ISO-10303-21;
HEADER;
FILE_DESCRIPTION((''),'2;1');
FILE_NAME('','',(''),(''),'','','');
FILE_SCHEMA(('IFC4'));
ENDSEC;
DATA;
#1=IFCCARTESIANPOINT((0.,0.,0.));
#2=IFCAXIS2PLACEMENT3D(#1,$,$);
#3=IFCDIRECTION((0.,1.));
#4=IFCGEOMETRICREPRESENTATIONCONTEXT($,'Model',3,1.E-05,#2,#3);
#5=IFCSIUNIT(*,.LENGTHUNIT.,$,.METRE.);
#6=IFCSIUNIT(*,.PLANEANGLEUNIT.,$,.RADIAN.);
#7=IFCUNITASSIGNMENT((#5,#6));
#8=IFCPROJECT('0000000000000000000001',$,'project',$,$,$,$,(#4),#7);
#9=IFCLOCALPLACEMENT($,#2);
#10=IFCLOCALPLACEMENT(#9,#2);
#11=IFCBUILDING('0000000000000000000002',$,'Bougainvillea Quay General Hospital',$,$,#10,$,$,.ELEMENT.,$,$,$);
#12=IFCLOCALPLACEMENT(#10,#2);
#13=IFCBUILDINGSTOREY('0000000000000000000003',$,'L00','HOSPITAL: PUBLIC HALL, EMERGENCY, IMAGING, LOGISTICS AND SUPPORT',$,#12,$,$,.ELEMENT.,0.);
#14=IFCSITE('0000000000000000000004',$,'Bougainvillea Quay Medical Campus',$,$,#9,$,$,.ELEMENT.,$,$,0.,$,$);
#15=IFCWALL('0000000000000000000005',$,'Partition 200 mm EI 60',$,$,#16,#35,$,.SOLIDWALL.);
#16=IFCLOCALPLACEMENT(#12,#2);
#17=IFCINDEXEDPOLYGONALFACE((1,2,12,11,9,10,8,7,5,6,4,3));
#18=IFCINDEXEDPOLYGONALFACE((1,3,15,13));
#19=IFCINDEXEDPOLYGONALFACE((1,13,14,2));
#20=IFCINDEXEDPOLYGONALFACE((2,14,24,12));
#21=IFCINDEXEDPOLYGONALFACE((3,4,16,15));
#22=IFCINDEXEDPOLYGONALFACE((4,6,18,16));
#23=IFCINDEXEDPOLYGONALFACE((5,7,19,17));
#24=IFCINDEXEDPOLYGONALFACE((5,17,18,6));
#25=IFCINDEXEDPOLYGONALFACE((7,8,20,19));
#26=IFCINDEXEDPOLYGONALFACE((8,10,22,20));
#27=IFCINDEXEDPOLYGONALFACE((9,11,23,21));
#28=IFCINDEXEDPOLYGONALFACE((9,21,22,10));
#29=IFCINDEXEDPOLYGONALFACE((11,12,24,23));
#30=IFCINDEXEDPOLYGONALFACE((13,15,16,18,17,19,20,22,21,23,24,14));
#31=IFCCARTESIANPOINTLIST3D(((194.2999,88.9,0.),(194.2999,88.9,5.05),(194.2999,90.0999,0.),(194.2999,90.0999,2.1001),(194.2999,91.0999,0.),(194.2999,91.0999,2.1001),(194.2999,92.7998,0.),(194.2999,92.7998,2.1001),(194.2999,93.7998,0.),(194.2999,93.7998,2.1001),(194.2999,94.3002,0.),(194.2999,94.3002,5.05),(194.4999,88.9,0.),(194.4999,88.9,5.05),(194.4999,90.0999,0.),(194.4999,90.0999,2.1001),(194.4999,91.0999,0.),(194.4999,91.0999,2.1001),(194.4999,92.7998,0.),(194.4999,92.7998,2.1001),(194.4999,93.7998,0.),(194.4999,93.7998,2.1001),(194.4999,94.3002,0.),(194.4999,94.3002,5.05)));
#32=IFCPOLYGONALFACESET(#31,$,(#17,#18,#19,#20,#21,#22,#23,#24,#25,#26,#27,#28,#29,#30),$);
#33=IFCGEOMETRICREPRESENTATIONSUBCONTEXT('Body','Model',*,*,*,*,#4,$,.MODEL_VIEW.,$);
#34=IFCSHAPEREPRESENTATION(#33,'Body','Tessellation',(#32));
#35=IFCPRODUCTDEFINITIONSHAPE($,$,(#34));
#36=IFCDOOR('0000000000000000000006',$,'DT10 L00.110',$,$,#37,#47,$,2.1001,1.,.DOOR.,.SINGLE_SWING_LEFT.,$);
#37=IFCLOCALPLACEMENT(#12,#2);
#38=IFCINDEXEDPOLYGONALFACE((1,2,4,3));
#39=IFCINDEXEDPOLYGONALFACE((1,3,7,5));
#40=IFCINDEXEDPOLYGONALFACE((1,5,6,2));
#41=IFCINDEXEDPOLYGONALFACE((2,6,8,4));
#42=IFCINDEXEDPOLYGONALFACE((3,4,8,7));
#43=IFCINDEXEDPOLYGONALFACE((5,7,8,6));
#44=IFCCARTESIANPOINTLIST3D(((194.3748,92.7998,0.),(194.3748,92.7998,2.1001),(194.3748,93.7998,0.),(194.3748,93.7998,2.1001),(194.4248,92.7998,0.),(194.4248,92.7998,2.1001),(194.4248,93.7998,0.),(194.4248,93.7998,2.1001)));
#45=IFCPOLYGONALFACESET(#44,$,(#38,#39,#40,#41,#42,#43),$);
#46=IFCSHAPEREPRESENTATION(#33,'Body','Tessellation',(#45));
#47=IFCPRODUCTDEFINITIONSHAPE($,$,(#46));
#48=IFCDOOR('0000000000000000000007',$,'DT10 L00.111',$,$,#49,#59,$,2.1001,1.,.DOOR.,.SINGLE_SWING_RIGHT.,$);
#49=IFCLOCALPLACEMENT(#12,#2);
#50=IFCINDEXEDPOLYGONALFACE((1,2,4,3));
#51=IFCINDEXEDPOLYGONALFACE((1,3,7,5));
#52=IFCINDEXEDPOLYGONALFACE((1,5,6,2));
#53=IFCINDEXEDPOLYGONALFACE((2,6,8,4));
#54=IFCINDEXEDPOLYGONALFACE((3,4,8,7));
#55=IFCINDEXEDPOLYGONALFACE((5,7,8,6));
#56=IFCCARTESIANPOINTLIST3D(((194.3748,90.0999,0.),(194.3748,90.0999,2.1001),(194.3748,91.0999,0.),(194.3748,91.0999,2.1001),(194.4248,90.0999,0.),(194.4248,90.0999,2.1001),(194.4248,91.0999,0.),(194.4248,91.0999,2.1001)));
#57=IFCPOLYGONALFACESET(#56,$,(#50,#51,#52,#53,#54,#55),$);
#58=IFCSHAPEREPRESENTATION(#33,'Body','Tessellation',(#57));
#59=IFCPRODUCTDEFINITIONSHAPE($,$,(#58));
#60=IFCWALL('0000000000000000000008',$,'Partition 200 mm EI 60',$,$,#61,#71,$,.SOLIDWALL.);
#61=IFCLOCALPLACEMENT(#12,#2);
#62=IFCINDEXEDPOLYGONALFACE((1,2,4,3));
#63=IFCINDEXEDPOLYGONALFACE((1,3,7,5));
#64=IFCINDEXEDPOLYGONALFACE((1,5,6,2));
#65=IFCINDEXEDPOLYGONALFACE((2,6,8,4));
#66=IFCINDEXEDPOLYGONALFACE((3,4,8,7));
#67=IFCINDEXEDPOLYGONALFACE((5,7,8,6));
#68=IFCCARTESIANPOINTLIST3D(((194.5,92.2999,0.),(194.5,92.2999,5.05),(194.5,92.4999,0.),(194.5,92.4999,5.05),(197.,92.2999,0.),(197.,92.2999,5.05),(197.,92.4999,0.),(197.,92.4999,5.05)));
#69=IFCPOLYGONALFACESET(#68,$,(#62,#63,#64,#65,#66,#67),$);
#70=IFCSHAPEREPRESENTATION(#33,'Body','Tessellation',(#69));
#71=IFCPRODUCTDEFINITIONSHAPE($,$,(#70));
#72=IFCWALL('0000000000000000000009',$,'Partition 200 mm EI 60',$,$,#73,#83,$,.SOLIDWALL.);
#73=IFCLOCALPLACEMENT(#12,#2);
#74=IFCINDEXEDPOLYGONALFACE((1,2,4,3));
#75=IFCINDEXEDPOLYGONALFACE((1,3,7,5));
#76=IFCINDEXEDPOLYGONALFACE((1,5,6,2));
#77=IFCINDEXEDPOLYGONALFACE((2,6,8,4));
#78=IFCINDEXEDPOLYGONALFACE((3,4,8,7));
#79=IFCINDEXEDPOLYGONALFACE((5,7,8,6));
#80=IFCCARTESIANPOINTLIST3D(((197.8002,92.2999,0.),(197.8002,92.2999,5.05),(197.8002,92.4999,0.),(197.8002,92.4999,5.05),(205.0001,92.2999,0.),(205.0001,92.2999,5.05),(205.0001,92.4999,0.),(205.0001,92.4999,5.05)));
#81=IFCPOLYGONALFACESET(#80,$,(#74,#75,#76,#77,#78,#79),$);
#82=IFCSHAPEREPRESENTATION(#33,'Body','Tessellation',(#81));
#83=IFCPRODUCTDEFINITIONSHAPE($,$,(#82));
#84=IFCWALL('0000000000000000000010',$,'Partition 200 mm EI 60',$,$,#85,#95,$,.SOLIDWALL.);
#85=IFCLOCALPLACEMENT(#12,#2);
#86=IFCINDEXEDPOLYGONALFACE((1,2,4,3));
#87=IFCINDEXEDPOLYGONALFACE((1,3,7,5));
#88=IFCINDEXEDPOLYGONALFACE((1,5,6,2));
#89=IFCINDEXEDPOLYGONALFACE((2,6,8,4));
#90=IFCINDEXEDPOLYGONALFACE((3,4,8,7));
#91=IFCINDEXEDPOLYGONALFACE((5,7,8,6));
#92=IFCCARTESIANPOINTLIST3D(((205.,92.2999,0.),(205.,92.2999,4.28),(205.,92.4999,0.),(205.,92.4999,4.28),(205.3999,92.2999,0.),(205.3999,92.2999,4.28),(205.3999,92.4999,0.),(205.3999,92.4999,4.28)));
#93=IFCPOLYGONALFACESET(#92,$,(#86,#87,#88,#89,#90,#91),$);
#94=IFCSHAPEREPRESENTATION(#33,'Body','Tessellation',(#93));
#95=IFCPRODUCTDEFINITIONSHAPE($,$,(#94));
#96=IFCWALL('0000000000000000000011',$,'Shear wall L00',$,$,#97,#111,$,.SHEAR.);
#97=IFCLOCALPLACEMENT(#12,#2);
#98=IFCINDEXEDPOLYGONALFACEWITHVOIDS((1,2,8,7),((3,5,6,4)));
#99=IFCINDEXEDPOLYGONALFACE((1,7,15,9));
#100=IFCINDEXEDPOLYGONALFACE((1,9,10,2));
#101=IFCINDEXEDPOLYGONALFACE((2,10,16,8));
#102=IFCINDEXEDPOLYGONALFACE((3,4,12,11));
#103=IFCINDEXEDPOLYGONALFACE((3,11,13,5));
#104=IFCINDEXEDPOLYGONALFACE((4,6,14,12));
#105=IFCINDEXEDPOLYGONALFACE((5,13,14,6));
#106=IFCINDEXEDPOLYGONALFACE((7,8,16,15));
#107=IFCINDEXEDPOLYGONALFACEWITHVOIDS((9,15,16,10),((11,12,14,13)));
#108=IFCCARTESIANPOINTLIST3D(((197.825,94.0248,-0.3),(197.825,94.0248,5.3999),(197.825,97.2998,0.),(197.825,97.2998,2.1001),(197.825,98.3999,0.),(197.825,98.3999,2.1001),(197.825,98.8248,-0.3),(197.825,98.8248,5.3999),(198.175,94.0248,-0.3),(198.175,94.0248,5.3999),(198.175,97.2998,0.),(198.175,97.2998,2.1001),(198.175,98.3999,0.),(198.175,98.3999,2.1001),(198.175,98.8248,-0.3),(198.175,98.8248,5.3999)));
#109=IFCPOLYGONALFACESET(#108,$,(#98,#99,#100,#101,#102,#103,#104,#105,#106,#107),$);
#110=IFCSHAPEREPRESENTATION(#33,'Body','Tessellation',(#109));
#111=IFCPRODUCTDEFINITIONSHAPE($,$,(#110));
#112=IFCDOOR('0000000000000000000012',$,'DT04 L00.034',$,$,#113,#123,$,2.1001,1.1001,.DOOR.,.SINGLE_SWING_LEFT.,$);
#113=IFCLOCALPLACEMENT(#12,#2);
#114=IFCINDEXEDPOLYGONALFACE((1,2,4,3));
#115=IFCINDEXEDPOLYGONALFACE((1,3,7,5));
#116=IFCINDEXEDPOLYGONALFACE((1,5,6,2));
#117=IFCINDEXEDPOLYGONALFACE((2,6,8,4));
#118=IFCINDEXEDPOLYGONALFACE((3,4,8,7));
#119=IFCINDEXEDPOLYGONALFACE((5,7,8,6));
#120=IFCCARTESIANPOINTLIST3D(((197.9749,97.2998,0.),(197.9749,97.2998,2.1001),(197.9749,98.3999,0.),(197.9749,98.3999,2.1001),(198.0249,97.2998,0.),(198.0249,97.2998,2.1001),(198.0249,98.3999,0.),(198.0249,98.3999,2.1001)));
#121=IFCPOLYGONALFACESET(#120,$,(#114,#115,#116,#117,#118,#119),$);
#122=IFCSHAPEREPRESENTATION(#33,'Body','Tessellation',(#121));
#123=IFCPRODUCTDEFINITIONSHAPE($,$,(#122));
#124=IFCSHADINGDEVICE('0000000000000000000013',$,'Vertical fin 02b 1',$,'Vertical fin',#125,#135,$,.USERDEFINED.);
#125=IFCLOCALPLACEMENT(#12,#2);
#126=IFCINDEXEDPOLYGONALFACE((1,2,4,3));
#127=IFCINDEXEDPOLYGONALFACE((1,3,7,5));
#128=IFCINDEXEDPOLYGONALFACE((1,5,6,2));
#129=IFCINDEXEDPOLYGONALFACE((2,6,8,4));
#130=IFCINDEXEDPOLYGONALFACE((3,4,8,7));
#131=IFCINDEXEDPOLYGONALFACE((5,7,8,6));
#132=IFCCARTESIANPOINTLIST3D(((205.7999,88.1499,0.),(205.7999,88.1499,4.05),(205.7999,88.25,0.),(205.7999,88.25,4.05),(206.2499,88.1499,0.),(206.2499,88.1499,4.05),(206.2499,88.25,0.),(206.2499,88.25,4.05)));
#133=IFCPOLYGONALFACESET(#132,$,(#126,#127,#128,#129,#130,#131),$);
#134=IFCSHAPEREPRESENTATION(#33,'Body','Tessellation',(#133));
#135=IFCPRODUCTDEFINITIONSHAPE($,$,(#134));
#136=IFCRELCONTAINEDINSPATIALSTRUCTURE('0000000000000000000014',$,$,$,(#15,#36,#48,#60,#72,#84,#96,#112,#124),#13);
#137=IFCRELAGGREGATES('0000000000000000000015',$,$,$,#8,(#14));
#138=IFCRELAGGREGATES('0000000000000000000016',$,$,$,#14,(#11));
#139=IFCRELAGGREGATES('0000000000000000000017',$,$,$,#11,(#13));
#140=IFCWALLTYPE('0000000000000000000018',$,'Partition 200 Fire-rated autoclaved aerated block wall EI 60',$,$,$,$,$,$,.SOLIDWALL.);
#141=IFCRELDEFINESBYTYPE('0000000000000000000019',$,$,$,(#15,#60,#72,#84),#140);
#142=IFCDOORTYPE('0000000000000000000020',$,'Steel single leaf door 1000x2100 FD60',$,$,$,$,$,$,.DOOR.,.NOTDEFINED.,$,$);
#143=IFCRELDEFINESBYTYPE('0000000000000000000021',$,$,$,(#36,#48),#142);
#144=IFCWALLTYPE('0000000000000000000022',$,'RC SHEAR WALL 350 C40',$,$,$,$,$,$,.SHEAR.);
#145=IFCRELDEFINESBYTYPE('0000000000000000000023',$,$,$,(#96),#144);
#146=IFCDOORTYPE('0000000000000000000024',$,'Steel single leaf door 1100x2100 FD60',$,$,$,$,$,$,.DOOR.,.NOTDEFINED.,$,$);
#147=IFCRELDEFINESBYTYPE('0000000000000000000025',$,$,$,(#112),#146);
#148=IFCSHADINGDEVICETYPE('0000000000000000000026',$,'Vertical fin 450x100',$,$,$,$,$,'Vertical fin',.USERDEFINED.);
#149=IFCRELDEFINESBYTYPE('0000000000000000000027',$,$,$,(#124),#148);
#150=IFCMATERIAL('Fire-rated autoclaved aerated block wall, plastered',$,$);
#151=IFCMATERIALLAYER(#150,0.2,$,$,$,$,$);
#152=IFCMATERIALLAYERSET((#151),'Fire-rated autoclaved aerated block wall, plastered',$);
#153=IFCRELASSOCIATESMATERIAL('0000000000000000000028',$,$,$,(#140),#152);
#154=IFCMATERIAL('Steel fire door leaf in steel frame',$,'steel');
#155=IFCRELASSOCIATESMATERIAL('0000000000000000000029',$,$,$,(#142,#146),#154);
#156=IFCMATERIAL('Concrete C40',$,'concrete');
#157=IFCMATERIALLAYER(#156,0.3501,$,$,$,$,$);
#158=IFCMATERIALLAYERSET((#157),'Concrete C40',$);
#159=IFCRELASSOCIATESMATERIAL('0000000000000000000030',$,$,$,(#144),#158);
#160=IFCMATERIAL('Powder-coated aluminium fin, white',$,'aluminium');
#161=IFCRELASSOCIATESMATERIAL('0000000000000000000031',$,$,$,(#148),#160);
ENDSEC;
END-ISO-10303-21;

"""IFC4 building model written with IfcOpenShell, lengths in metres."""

from ifc_helpers import new_model, si_unit, direction, frame, frame_2d, origin, origin_2d, place, context, subcontext, project, spatial, rectangle, extrude, material, layer, layer_set, material_profile, profile_set, type_object, element, fill, save


model = new_model("IFC4")

# Units and contexts
model_context = context("Model", 3, precision=1e-05, world=origin(), true_north=direction((0.0, 1.0)))
body_context = subcontext(model_context, "Body", "Model", "MODEL_VIEW")
ifc_project = project(units=[si_unit("LENGTHUNIT", "METRE"), si_unit("PLANEANGLEUNIT", "RADIAN")], contexts=[model_context])

# Site, building, storey
site_placement = place(None, origin())
site = spatial("IfcSite", under=ifc_project, at=site_placement, Name="Bougainvillea Quay Medical Campus", CompositionType="ELEMENT", RefElevation=0.0)
building_placement = place(site_placement, origin())
building = spatial("IfcBuilding", under=site, at=building_placement, Name="Bougainvillea Quay General Hospital", CompositionType="ELEMENT")
storey_placement = place(building_placement, origin())
storey = spatial("IfcBuildingStorey", under=building, at=storey_placement, Name="L00", Description="HOSPITAL: PUBLIC HALL, EMERGENCY, IMAGING, LOGISTICS AND SUPPORT", CompositionType="ELEMENT", Elevation=0.0)

# Shared definitions
ifc_material_1 = material(Name="Concrete C40", Category="concrete")

# Shared definitions
ifc_material_2 = material(Name="Fire-rated autoclaved aerated block wall, plastered")

# Shared definitions
ifc_material_3 = material(Name="Steel fire door leaf in steel frame", Category="steel")

# Shared definitions
ifc_layer_1 = layer(ifc_material_2, 0.2)
ifc_layer_set_1 = layer_set([ifc_layer_1], Name="Fire-rated autoclaved aerated block wall, plastered")
wall_type_1 = type_object("IfcWallType", Name="Partition 200 Fire-rated autoclaved aerated block wall EI 60", PredefinedType="SOLIDWALL", material=ifc_layer_set_1)

# Wall, openings, doors
wall_1_placement = place(storey_placement, frame((194.3999, 88.8999, 0.0), z_axis=(0.0, 0.0, 1.0), x_axis=(0.0, 1.0, 0.0)))
wall_1 = element("IfcWall", 1, at=wall_1_placement, inside=storey, type_object=wall_type_1, Name="Partition 200 mm EI 60", PredefinedType="SOLIDWALL", context=body_context, shape_type="SweptSolid", body=[
    extrude(rectangle(XDim=5.4001, YDim=0.2, at=frame_2d((2.7002, 0.0))), origin(), (0.0, 0.0, 1.0), 5.05),
])
opening_1_placement = place(wall_1_placement, frame((3.8999, 0.0, 0.0)))
opening_1 = element("IfcOpeningElement", 2, at=opening_1_placement, cuts=wall_1, PredefinedType="OPENING", context=body_context, shape_type="SweptSolid", body=[
    extrude(rectangle(XDim=1.0, YDim=2.1001, at=frame_2d((0.5, 1.05))), frame((0.0, 0.1099, 0.0), z_axis=(0.0, -1.0, 0.0), x_axis=(1.0, 0.0, 0.0)), (0.0, 0.0, 1.0), 0.22),
])
opening_2_placement = place(wall_1_placement, frame((1.2, 0.0, 0.0)))
opening_2 = element("IfcOpeningElement", 3, at=opening_2_placement, cuts=wall_1, PredefinedType="OPENING", context=body_context, shape_type="SweptSolid", body=[
    extrude(rectangle(XDim=1.0, YDim=2.1001, at=frame_2d((0.5, 1.05))), frame((0.0, 0.1099, 0.0), z_axis=(0.0, -1.0, 0.0), x_axis=(1.0, 0.0, 0.0)), (0.0, 0.0, 1.0), 0.22),
])
door_type_1 = type_object("IfcDoorType", Name="Steel single leaf door 1000x2100 FD60", OperationType="NOTDEFINED", PredefinedType="DOOR", material=ifc_material_3)
door_1_placement = place(opening_1_placement, frame((1.0, 0.0, 0.0), z_axis=(0.0, 0.0, 1.0), x_axis=(-1.0, 0.0, 0.0)))
door_1 = element("IfcDoor", 4, at=door_1_placement, inside=storey, type_object=door_type_1, Name="DT10 L00.110", OperationType="SINGLE_SWING_LEFT", OverallHeight=2.1001, OverallWidth=1.0, PredefinedType="DOOR", context=body_context, shape_type="SweptSolid", body=[
    extrude(rectangle(XDim=1.0, YDim=2.1001, at=frame_2d((0.5, 1.05))), frame((0.0, 0.0249, 0.0), z_axis=(0.0, -1.0, 0.0), x_axis=(1.0, 0.0, 0.0)), (0.0, 0.0, 1.0), 0.05),
])
fill(opening_1, door_1)
door_2_placement = place(opening_2_placement, frame((1.0, 0.0, 0.0), z_axis=(0.0, 0.0, 1.0), x_axis=(-1.0, 0.0, 0.0)))
door_2 = element("IfcDoor", 5, at=door_2_placement, inside=storey, type_object=door_type_1, Name="DT10 L00.111", OperationType="SINGLE_SWING_RIGHT", OverallHeight=2.1001, OverallWidth=1.0, PredefinedType="DOOR", context=body_context, shape_type="SweptSolid", body=[
    extrude(rectangle(XDim=1.0, YDim=2.1001, at=frame_2d((0.5, 1.05))), frame((0.0, 0.0249, 0.0), z_axis=(0.0, -1.0, 0.0), x_axis=(1.0, 0.0, 0.0)), (0.0, 0.0, 1.0), 0.05),
])
fill(opening_2, door_2)

# Walls
wall_2_placement = place(storey_placement, frame((194.5, 92.3999, 0.0), z_axis=(0.0, 0.0, 1.0), x_axis=(1.0, 0.0, 0.0)))
element("IfcWall", 6, at=wall_2_placement, inside=storey, type_object=wall_type_1, Name="Partition 200 mm EI 60", PredefinedType="SOLIDWALL", context=body_context, shape_type="SweptSolid", body=[
    extrude(rectangle(XDim=2.5, YDim=0.2, at=frame_2d((1.25, 0.0))), origin(), (0.0, 0.0, 1.0), 5.05),
])
wall_3_placement = place(storey_placement, frame((197.8, 92.3999, 0.0), z_axis=(0.0, 0.0, 1.0), x_axis=(1.0, 0.0, 0.0)))
element("IfcWall", 7, at=wall_3_placement, inside=storey, type_object=wall_type_1, Name="Partition 200 mm EI 60", PredefinedType="SOLIDWALL", context=body_context, shape_type="SweptSolid", body=[
    extrude(rectangle(XDim=7.2, YDim=0.2, at=frame_2d((3.6001, 0.0))), origin(), (0.0, 0.0, 1.0), 5.05),
])
wall_4_placement = place(storey_placement, frame((205.0, 92.3999, 0.0), z_axis=(0.0, 0.0, 1.0), x_axis=(1.0, 0.0, 0.0)))
element("IfcWall", 8, at=wall_4_placement, inside=storey, type_object=wall_type_1, Name="Partition 200 mm EI 60", PredefinedType="SOLIDWALL", context=body_context, shape_type="SweptSolid", body=[
    extrude(rectangle(XDim=0.3999, YDim=0.2, at=frame_2d((0.2, 0.0))), origin(), (0.0, 0.0, 1.0), 4.28),
])

# Wall, opening, door
ifc_layer_2 = layer(ifc_material_1, 0.3501)
ifc_layer_set_2 = layer_set([ifc_layer_2], Name="Concrete C40")
wall_type_2 = type_object("IfcWallType", Name="RC SHEAR WALL 350 C40", PredefinedType="SHEAR", material=ifc_layer_set_2)
wall_5_placement = place(storey_placement, frame((198.0, 94.0249, -0.3), z_axis=(0.0, 0.0, 1.0), x_axis=(0.0, 1.0, 0.0)))
wall_5 = element("IfcWall", 9, at=wall_5_placement, inside=storey, type_object=wall_type_2, Name="Shear wall L00", PredefinedType="SHEAR", context=body_context, shape_type="SweptSolid", body=[
    extrude(rectangle(XDim=4.8, YDim=0.3501, at=frame_2d((2.3999, 0.0))), origin(), (0.0, 0.0, 1.0), 5.7),
])
opening_3_placement = place(wall_5_placement, frame((3.2749, 0.0, 0.3)))
opening_3 = element("IfcOpeningElement", 10, at=opening_3_placement, cuts=wall_5, PredefinedType="OPENING", context=body_context, shape_type="SweptSolid", body=[
    extrude(rectangle(XDim=1.1001, YDim=2.1001, at=frame_2d((0.55, 1.05))), frame((0.0, 0.1851, 0.0), z_axis=(0.0, -1.0, 0.0), x_axis=(1.0, 0.0, 0.0)), (0.0, 0.0, 1.0), 0.3701),
])
door_type_2 = type_object("IfcDoorType", Name="Steel single leaf door 1100x2100 FD60", OperationType="NOTDEFINED", PredefinedType="DOOR", material=ifc_material_3)
door_3_placement = place(opening_3_placement, frame((1.1001, 0.0, 0.0), z_axis=(0.0, 0.0, 1.0), x_axis=(-1.0, 0.0, 0.0)))
door_3 = element("IfcDoor", 11, at=door_3_placement, inside=storey, type_object=door_type_2, Name="DT04 L00.034", OperationType="SINGLE_SWING_LEFT", OverallHeight=2.1001, OverallWidth=1.1001, PredefinedType="DOOR", context=body_context, shape_type="SweptSolid", body=[
    extrude(rectangle(XDim=1.1001, YDim=2.1001, at=frame_2d((0.55, 1.05))), frame((0.0, 0.0249, 0.0), z_axis=(0.0, -1.0, 0.0), x_axis=(1.0, 0.0, 0.0)), (0.0, 0.0, 1.0), 0.05),
])
fill(opening_3, door_3)

# Shading device
ifc_material_4 = material(Name="Powder-coated aluminium fin, white", Category="aluminium")
ifc_material_profile_1 = material_profile(ifc_material_4, rectangle(XDim=0.45, YDim=0.1001, at=origin_2d()))
ifc_profile_set_1 = profile_set([ifc_material_profile_1], Name="Powder-coated aluminium fin, white")
shading_device_type = type_object("IfcShadingDeviceType", Name="Vertical fin 450x100", ElementType="Vertical fin", PredefinedType="USERDEFINED", material=ifc_profile_set_1)
shading_device_placement = place(storey_placement, frame((206.0249, 88.2, 0.0), z_axis=(0.0, 0.0, 1.0), x_axis=(1.0, 0.0, 0.0)))
element("IfcShadingDevice", 12, at=shading_device_placement, inside=storey, type_object=shading_device_type, Name="Vertical fin 02b 1", ObjectType="Vertical fin", PredefinedType="USERDEFINED", context=body_context, shape_type="SweptSolid", body=[
    extrude(rectangle(XDim=0.45, YDim=0.1001, at=origin_2d()), origin(), (0.0, 0.0, 1.0), 4.05),
])

save(model, "model.ifc")
